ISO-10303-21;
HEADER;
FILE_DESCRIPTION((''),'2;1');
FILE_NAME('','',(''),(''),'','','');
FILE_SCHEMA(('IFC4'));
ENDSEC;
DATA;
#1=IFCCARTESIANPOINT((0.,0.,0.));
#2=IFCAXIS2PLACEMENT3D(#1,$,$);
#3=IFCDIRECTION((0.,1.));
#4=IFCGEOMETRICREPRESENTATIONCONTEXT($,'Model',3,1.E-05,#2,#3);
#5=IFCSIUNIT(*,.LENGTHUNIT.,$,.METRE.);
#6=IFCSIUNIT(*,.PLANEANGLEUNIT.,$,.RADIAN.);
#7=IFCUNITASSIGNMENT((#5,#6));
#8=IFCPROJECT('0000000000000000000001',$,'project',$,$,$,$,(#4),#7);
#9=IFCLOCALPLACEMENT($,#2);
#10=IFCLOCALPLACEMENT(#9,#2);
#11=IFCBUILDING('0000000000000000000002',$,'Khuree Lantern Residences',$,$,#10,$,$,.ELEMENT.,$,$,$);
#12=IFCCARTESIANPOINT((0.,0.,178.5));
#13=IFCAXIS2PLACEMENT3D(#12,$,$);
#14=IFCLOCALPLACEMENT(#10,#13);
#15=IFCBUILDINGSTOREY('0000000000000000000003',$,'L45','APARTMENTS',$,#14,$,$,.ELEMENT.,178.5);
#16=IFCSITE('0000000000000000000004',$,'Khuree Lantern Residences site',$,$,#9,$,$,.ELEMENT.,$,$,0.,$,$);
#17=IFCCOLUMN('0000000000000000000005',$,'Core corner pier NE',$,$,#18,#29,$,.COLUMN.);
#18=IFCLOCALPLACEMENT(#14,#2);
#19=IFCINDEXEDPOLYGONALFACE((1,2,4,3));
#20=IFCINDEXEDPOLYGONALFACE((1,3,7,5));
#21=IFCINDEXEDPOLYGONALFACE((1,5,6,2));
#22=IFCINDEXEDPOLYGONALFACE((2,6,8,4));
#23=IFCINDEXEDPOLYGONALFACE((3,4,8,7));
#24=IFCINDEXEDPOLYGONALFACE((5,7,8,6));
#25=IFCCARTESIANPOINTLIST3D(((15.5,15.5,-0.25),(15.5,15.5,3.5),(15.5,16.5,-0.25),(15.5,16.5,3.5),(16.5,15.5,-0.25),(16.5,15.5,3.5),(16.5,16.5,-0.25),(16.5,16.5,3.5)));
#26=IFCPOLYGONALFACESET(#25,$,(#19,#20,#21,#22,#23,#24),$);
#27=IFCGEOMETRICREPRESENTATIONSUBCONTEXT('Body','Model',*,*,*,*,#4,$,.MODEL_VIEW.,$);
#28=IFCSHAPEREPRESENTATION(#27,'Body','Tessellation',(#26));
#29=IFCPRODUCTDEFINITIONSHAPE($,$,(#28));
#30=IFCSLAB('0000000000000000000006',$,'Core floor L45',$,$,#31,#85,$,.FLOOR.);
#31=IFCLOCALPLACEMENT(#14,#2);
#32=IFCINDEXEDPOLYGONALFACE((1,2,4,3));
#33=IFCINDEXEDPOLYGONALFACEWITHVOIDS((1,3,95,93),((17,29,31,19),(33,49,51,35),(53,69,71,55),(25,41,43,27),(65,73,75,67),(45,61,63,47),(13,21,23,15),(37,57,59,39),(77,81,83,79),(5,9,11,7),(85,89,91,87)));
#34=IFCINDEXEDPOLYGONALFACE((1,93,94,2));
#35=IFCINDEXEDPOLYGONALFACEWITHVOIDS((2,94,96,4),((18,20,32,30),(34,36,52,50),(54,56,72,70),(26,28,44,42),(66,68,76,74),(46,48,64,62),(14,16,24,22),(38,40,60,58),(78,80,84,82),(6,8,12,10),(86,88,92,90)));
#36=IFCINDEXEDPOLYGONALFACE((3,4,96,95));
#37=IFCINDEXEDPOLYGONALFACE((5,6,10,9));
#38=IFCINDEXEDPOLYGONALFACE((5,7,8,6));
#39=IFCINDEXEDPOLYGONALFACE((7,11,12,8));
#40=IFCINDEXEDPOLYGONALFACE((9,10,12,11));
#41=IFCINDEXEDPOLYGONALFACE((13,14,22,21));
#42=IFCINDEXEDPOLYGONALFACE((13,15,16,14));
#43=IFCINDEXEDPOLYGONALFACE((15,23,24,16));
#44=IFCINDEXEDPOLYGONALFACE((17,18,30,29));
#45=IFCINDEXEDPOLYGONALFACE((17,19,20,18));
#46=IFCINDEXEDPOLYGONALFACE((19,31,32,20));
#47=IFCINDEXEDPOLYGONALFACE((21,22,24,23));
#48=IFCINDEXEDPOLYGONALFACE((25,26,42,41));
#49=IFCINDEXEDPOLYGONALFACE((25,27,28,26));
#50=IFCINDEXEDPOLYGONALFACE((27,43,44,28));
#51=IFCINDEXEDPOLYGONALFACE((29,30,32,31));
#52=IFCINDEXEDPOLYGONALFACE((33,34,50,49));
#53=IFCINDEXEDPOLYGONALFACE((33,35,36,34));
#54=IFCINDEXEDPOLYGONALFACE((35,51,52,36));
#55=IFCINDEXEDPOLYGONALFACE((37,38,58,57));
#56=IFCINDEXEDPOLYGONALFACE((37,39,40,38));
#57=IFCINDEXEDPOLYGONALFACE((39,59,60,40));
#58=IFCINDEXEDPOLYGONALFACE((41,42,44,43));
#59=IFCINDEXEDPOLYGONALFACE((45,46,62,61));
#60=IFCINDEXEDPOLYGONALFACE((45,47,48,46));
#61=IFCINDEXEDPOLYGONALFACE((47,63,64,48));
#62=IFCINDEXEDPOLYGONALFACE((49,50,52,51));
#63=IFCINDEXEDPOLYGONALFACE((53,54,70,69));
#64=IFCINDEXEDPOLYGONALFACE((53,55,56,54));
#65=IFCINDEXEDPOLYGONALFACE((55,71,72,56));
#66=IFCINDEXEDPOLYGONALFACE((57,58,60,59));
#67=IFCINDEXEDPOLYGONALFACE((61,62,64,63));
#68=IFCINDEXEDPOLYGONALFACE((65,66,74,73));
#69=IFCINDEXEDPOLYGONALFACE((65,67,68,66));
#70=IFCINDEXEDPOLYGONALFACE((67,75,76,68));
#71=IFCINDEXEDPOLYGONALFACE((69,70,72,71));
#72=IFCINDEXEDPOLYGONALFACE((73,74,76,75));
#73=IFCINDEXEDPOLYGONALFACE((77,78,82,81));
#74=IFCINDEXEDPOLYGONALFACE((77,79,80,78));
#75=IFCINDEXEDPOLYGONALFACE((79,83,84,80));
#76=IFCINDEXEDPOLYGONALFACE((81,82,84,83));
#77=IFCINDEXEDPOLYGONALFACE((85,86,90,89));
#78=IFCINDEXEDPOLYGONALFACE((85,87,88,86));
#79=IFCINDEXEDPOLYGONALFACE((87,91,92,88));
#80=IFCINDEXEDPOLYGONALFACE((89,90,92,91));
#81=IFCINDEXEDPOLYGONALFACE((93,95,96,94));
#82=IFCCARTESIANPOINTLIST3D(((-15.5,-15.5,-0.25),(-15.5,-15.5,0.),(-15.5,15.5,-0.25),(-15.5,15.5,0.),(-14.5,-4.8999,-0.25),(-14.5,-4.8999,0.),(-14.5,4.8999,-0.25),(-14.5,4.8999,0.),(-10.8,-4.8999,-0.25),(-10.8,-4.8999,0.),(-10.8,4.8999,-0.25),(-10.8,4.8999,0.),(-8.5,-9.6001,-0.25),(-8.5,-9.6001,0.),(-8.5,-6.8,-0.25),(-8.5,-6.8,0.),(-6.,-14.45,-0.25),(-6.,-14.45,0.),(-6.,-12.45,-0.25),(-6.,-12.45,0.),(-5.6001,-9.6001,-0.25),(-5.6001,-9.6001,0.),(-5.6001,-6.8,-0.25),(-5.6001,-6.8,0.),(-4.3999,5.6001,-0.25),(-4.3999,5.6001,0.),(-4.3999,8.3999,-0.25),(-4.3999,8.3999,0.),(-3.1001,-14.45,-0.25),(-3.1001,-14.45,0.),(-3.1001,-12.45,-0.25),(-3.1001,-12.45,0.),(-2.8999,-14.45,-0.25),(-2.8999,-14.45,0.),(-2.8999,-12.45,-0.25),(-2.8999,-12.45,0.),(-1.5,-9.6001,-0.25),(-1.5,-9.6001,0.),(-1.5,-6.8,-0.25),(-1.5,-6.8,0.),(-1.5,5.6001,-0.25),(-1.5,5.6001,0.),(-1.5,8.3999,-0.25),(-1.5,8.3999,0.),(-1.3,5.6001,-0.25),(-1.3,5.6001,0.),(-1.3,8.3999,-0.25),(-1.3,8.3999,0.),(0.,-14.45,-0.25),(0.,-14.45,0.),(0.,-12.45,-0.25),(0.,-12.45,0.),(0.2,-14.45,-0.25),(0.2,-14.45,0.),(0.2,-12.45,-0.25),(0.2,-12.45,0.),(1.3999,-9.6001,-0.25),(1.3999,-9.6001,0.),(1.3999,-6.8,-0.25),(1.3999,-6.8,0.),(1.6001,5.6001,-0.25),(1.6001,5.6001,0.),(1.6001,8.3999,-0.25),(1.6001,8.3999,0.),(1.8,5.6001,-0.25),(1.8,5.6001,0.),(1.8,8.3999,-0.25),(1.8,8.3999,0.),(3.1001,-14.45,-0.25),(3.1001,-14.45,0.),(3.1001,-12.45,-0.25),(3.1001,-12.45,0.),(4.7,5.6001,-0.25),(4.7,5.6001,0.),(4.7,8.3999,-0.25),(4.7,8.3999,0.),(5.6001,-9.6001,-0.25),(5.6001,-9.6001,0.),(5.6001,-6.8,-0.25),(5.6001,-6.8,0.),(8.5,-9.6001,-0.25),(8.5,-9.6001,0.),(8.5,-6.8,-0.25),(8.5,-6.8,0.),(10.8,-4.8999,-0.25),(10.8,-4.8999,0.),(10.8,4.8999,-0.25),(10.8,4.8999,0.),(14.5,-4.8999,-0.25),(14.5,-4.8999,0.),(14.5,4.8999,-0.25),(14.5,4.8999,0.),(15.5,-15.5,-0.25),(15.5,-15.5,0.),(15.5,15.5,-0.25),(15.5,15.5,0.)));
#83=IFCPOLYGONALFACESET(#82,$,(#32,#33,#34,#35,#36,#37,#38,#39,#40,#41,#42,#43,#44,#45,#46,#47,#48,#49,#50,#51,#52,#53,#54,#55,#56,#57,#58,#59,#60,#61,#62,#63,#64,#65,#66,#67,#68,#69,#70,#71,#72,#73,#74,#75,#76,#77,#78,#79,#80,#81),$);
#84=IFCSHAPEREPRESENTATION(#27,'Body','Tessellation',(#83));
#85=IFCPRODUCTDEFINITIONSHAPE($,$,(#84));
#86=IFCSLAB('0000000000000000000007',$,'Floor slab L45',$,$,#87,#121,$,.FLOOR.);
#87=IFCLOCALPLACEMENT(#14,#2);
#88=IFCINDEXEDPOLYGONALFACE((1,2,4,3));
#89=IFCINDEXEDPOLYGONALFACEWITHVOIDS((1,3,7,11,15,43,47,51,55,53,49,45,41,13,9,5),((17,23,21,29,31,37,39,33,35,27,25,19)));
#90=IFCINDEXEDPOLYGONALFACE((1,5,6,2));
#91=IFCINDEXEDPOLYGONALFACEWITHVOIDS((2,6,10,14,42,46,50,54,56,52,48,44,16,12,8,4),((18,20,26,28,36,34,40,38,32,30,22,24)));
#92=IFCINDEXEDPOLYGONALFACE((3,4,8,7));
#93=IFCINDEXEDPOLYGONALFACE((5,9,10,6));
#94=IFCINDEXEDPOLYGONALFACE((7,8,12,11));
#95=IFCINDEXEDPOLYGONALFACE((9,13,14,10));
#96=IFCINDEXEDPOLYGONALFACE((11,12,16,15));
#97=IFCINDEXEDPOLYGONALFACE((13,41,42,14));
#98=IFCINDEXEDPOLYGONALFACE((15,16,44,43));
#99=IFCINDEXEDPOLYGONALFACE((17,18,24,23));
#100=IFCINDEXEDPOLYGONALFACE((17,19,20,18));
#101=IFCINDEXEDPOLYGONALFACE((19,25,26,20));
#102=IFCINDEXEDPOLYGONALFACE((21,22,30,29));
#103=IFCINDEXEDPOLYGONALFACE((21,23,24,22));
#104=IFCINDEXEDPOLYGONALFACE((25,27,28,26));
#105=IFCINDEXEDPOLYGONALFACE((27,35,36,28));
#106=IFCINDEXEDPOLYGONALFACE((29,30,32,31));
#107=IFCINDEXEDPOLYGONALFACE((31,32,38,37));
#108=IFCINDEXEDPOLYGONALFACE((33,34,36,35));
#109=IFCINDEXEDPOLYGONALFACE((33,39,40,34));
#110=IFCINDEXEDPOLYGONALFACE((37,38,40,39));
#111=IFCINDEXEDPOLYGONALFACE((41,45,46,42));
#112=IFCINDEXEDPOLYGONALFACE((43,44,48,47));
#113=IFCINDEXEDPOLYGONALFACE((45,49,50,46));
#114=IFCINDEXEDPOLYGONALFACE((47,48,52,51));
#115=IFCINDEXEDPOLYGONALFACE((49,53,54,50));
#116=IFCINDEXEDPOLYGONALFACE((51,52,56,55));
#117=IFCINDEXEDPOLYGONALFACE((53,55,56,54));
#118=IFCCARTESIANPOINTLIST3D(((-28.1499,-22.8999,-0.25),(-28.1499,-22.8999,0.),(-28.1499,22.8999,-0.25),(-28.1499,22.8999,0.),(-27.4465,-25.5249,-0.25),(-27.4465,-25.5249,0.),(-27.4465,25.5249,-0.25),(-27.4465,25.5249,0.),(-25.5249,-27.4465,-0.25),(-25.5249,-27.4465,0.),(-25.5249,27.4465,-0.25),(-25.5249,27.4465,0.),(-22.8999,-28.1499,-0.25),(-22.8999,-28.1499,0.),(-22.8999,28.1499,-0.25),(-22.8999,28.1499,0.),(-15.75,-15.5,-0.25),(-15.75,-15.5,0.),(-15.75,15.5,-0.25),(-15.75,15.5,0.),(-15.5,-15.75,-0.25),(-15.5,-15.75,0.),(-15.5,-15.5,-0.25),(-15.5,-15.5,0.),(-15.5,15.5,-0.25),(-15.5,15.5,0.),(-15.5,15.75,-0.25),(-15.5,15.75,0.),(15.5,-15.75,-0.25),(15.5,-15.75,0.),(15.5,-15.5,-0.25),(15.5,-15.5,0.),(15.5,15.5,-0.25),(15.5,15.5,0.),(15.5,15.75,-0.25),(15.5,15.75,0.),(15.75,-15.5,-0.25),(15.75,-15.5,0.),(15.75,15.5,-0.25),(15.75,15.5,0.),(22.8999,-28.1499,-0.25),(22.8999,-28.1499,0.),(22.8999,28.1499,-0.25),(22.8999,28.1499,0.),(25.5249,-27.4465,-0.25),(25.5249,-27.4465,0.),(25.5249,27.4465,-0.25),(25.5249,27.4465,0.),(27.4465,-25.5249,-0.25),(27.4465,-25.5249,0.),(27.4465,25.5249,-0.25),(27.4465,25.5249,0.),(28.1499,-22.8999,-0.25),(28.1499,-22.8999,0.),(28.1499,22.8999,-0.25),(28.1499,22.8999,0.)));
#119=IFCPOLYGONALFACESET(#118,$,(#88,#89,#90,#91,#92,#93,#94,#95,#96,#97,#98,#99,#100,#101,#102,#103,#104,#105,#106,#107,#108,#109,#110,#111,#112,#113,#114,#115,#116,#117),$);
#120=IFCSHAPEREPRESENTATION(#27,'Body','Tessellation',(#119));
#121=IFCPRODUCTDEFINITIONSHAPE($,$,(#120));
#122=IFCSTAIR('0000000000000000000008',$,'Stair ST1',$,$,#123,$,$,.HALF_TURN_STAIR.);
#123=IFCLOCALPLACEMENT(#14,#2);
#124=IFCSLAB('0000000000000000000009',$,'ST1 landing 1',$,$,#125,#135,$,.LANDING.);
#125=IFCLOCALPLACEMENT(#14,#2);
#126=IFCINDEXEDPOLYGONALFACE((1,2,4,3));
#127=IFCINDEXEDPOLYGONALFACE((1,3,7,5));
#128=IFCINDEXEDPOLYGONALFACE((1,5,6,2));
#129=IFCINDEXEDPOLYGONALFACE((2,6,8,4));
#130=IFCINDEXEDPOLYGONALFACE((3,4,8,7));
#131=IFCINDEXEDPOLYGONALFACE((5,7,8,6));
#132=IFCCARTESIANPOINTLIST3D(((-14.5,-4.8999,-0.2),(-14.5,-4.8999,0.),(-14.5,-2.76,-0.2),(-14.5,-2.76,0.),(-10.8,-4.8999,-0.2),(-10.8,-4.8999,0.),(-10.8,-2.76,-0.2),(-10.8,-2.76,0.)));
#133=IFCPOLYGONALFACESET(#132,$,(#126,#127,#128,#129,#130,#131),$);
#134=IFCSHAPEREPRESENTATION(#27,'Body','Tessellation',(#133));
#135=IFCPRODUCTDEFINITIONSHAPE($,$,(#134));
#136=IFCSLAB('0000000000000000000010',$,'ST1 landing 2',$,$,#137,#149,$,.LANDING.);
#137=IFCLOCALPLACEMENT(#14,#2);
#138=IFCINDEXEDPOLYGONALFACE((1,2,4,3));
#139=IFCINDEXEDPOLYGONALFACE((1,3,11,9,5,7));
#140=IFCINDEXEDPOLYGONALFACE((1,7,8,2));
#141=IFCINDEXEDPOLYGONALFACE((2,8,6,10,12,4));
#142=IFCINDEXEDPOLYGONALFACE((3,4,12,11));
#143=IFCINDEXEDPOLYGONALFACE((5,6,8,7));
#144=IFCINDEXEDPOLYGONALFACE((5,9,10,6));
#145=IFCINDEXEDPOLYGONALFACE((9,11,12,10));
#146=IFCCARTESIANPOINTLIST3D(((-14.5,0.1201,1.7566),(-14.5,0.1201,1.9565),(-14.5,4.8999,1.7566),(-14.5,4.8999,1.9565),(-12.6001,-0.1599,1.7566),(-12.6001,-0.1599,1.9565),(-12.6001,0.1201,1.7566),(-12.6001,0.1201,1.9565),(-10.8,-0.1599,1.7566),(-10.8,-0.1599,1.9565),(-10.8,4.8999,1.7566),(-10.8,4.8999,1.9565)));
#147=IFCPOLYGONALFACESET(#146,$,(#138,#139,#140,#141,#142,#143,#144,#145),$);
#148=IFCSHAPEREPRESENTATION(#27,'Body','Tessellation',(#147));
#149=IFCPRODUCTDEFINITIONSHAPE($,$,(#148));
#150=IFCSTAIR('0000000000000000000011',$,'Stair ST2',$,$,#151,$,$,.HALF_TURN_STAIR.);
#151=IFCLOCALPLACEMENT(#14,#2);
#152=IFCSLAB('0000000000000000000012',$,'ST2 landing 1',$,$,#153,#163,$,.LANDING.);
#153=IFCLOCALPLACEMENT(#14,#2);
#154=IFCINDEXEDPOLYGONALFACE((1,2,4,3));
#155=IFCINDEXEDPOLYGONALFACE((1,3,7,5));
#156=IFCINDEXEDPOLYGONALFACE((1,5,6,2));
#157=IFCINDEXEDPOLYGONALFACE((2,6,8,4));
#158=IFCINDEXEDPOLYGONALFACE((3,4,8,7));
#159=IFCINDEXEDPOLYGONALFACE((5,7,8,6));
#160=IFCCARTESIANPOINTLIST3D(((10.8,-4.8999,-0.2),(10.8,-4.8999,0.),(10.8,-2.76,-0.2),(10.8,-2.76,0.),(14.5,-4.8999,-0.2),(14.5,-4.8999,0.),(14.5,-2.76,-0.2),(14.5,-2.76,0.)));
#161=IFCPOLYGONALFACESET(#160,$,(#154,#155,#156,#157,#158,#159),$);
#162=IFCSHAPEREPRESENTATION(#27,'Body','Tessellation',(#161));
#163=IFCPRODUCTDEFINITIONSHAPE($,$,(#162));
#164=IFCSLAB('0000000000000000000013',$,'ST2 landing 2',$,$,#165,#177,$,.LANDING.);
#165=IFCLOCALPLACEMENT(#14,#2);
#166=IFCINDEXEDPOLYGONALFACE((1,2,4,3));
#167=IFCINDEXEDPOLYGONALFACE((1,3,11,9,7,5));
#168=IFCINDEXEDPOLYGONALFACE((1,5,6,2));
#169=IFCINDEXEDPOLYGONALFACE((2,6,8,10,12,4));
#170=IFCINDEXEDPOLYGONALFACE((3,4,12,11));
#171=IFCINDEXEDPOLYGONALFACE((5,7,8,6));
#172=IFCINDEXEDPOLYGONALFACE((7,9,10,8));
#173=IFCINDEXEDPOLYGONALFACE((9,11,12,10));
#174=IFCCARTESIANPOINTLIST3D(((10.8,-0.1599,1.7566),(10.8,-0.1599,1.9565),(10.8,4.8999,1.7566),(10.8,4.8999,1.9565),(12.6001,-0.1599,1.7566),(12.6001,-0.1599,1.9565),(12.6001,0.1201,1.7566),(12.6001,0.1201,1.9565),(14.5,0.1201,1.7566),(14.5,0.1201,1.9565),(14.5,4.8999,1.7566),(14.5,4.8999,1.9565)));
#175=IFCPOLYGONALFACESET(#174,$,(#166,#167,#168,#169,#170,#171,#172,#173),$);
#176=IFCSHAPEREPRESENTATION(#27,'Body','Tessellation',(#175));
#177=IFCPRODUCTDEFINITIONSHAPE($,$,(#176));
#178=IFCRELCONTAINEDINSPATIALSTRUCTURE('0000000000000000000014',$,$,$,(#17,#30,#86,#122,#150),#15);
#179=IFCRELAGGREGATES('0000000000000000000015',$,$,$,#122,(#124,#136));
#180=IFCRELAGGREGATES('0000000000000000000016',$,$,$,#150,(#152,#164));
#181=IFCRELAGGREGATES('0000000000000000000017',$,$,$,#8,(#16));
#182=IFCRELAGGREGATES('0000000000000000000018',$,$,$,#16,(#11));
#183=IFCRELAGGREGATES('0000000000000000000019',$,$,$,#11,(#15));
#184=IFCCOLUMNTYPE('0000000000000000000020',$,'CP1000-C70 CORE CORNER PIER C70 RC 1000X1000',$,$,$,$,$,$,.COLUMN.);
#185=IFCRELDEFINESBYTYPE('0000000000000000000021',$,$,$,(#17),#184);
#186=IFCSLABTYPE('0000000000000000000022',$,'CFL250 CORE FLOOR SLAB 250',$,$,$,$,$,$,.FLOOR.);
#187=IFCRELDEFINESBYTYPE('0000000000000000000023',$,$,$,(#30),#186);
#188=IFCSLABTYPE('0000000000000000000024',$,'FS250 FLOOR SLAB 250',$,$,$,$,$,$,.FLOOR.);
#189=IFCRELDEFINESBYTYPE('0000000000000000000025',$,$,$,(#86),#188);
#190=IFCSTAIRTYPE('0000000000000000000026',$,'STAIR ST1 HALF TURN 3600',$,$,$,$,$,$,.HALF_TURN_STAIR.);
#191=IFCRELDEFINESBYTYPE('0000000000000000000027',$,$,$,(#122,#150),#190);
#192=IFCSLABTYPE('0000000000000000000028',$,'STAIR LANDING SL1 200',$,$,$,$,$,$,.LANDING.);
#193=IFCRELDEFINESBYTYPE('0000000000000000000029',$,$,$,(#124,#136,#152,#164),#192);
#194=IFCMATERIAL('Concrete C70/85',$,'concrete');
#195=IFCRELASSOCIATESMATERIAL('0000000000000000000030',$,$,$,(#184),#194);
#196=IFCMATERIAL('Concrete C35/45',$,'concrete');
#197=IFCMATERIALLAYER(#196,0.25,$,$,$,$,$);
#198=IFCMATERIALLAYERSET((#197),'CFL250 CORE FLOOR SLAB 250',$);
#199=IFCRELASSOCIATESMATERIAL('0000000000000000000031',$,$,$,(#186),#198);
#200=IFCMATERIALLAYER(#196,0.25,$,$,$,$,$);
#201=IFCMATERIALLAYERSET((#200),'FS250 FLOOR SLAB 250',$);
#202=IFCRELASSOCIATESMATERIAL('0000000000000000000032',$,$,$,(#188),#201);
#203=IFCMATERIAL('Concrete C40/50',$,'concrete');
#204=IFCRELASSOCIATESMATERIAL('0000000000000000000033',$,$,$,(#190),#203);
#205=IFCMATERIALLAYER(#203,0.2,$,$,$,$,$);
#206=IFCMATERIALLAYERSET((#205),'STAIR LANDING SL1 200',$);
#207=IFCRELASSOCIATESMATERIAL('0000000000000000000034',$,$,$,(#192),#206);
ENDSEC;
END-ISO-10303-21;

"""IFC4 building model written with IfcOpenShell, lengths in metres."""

from ifc_helpers import new_model, si_unit, direction, frame, origin, origin_2d, place, context, subcontext, project, spatial, polyline, rectangle, outline, extrude, material, layer, layer_set, material_profile, profile_set, type_object, element, aggregate, save


model = new_model("IFC4")

# Units and contexts
model_context = context("Model", 3, precision=1e-05, world=origin(), true_north=direction((0.0, 1.0)))
body_context = subcontext(model_context, "Body", "Model", "MODEL_VIEW")
ifc_project = project(units=[si_unit("LENGTHUNIT", "METRE"), si_unit("PLANEANGLEUNIT", "RADIAN")], contexts=[model_context])

# Site, building, storey
site_placement = place(None, origin())
site = spatial("IfcSite", under=ifc_project, at=site_placement, Name="Khuree Lantern Residences site", CompositionType="ELEMENT", RefElevation=0.0)
building_placement = place(site_placement, origin())
building = spatial("IfcBuilding", under=site, at=building_placement, Name="Khuree Lantern Residences", CompositionType="ELEMENT")
storey_placement = place(building_placement, frame((0.0, 0.0, 178.5)))
storey = spatial("IfcBuildingStorey", under=building, at=storey_placement, Name="L45", Description="APARTMENTS", CompositionType="ELEMENT", Elevation=178.5)

# Column
ifc_material_1 = material(Name="Concrete C70/85", Category="concrete")
ifc_material_profile = material_profile(ifc_material_1, rectangle(XDim=1.0, YDim=1.0, at=origin_2d()), Name="RC 1000X1000")
ifc_profile_set = profile_set([ifc_material_profile], Name="Concrete C70/85")
column_type = type_object("IfcColumnType", Name="CP1000-C70 CORE CORNER PIER C70 RC 1000X1000", PredefinedType="COLUMN", material=ifc_profile_set)
column_placement = place(storey_placement, frame((16.0, 16.0, -0.25), z_axis=(0.0, 0.0, 1.0), x_axis=(1.0, 0.0, 0.0)))
element("IfcColumn", 1, at=column_placement, inside=storey, type_object=column_type, Name="Core corner pier NE", PredefinedType="COLUMN", context=body_context, shape_type="SweptSolid", body=[
    extrude(rectangle(XDim=1.0, YDim=1.0, at=origin_2d()), origin(), (0.0, 0.0, 1.0), 3.75),
])

# Slabs
ifc_material_2 = material(Name="Concrete C35/45", Category="concrete")
ifc_layer_1 = layer(ifc_material_2, 0.25)
ifc_layer_set_1 = layer_set([ifc_layer_1], Name="CFL250 CORE FLOOR SLAB 250")
slab_type_1 = type_object("IfcSlabType", Name="CFL250 CORE FLOOR SLAB 250", PredefinedType="FLOOR", material=ifc_layer_set_1)
slab_1_placement = place(storey_placement, frame((0.0, 0.0, -0.25)))
element("IfcSlab", 2, at=slab_1_placement, inside=storey, type_object=slab_type_1, Name="Core floor L45", PredefinedType="FLOOR", context=body_context, shape_type="SweptSolid", body=[
    extrude(outline(polyline([(-15.5, -15.5), (-15.5, 15.5), (15.5, 15.5), (15.5, -15.5), (-15.5, -15.5)]), holes=[polyline([(10.8, 4.8999), (10.8, -4.8999), (14.5, -4.8999), (14.5, 4.8999), (10.8, 4.8999)]), polyline([(8.5, -6.8), (5.6001, -6.8), (5.6001, -9.6001), (8.5, -9.6001), (8.5, -6.8)]), polyline([(4.7, 8.3999), (1.8, 8.3999), (1.8, 5.6001), (4.7, 5.6001), (4.7, 8.3999)]), polyline([(3.1001, -12.45), (0.2, -12.45), (0.2, -14.45), (3.1001, -14.45), (3.1001, -12.45)]), polyline([(1.6001, 8.3999), (-1.3, 8.3999), (-1.3, 5.6001), (1.6001, 5.6001), (1.6001, 8.3999)]), polyline([(1.3999, -6.8), (-1.5, -6.8), (-1.5, -9.6001), (1.3999, -9.6001), (1.3999, -6.8)]), polyline([(-2.8999, -12.45), (-2.8999, -14.45), (0.0, -14.45), (0.0, -12.45), (-2.8999, -12.45)]), polyline([(-4.3999, 8.3999), (-4.3999, 5.6001), (-1.5, 5.6001), (-1.5, 8.3999), (-4.3999, 8.3999)]), polyline([(-6.0, -12.45), (-6.0, -14.45), (-3.1001, -14.45), (-3.1001, -12.45), (-6.0, -12.45)]), polyline([(-8.5, -6.8), (-8.5, -9.6001), (-5.6001, -9.6001), (-5.6001, -6.8), (-8.5, -6.8)]), polyline([(-10.8, 4.8999), (-14.5, 4.8999), (-14.5, -4.8999), (-10.8, -4.8999), (-10.8, 4.8999)])]), origin(), (0.0, 0.0, 1.0), 0.25),
])
ifc_layer_2 = layer(ifc_material_2, 0.25)
ifc_layer_set_2 = layer_set([ifc_layer_2], Name="FS250 FLOOR SLAB 250")
slab_type_2 = type_object("IfcSlabType", Name="FS250 FLOOR SLAB 250", PredefinedType="FLOOR", material=ifc_layer_set_2)
slab_2_placement = place(storey_placement, frame((0.0, 0.0, -0.25)))
element("IfcSlab", 3, at=slab_2_placement, inside=storey, type_object=slab_type_2, Name="Floor slab L45", PredefinedType="FLOOR", context=body_context, shape_type="SweptSolid", body=[
    extrude(outline(polyline([(-25.5249, -27.4465), (-27.4465, -25.5249), (-28.1499, -22.8999), (-28.1499, 22.8999), (-27.4465, 25.5249), (-25.5249, 27.4465), (-22.8999, 28.1499), (22.8999, 28.1499), (25.5249, 27.4465), (27.4465, 25.5249), (28.1499, 22.8999), (28.1499, -22.8999), (27.4465, -25.5249), (25.5249, -27.4465), (22.8999, -28.1499), (-22.8999, -28.1499), (-25.5249, -27.4465)]), holes=[polyline([(15.75, 15.5), (15.5, 15.5), (15.5, 15.75), (-15.5, 15.75), (-15.5, 15.5), (-15.75, 15.5), (-15.75, -15.5), (-15.5, -15.5), (-15.5, -15.75), (15.5, -15.75), (15.5, -15.5), (15.75, -15.5), (15.75, 15.5)])]), origin(), (0.0, 0.0, 1.0), 0.25),
])

# Stairs, slabs
ifc_material_3 = material(Name="Concrete C40/50", Category="concrete")
stair_type = type_object("IfcStairType", Name="STAIR ST1 HALF TURN 3600", PredefinedType="HALF_TURN_STAIR", material=ifc_material_3)
stair_1_placement = place(storey_placement, origin())
stair_1 = element("IfcStair", 4, at=stair_1_placement, inside=storey, type_object=stair_type, Name="Stair ST1", PredefinedType="HALF_TURN_STAIR")
ifc_layer_3 = layer(ifc_material_3, 0.2)
ifc_layer_set_3 = layer_set([ifc_layer_3], Name="STAIR LANDING SL1 200")
slab_type_3 = type_object("IfcSlabType", Name="STAIR LANDING SL1 200", PredefinedType="LANDING", material=ifc_layer_set_3)
slab_3_placement = place(storey_placement, frame((0.0, 0.0, -0.2)))
slab_3 = element("IfcSlab", 5, at=slab_3_placement, type_object=slab_type_3, Name="ST1 landing 1", PredefinedType="LANDING", context=body_context, shape_type="SweptSolid", body=[
    extrude(outline(polyline([(-14.5, -4.8999), (-10.8, -4.8999), (-10.8, -2.76), (-14.5, -2.76), (-14.5, -4.8999)])), origin(), (0.0, 0.0, 1.0), 0.2),
])
slab_4_placement = place(storey_placement, frame((0.0, 0.0, 1.7566)))
slab_4 = element("IfcSlab", 6, at=slab_4_placement, type_object=slab_type_3, Name="ST1 landing 2", PredefinedType="LANDING", context=body_context, shape_type="SweptSolid", body=[
    extrude(outline(polyline([(-14.5, 0.1201), (-14.5, 4.8999), (-10.8, 4.8999), (-10.8, -0.1599), (-12.6001, -0.1599), (-12.6001, 0.1201), (-14.5, 0.1201)])), origin(), (0.0, 0.0, 1.0), 0.2),
])
aggregate(stair_1, [slab_3, slab_4])
stair_2_placement = place(storey_placement, origin())
stair_2 = element("IfcStair", 7, at=stair_2_placement, inside=storey, type_object=stair_type, Name="Stair ST2", PredefinedType="HALF_TURN_STAIR")
slab_5_placement = place(storey_placement, frame((0.0, 0.0, -0.2)))
slab_5 = element("IfcSlab", 8, at=slab_5_placement, type_object=slab_type_3, Name="ST2 landing 1", PredefinedType="LANDING", context=body_context, shape_type="SweptSolid", body=[
    extrude(outline(polyline([(10.8, -4.8999), (14.5, -4.8999), (14.5, -2.76), (10.8, -2.76), (10.8, -4.8999)])), origin(), (0.0, 0.0, 1.0), 0.2),
])
slab_6_placement = place(storey_placement, frame((0.0, 0.0, 1.7566)))
slab_6 = element("IfcSlab", 9, at=slab_6_placement, type_object=slab_type_3, Name="ST2 landing 2", PredefinedType="LANDING", context=body_context, shape_type="SweptSolid", body=[
    extrude(outline(polyline([(14.5, 4.8999), (14.5, 0.1201), (12.6001, 0.1201), (12.6001, -0.1599), (10.8, -0.1599), (10.8, 4.8999), (14.5, 4.8999)])), origin(), (0.0, 0.0, 1.0), 0.2),
])

aggregate(stair_2, [slab_5, slab_6])

save(model, "model.ifc")
